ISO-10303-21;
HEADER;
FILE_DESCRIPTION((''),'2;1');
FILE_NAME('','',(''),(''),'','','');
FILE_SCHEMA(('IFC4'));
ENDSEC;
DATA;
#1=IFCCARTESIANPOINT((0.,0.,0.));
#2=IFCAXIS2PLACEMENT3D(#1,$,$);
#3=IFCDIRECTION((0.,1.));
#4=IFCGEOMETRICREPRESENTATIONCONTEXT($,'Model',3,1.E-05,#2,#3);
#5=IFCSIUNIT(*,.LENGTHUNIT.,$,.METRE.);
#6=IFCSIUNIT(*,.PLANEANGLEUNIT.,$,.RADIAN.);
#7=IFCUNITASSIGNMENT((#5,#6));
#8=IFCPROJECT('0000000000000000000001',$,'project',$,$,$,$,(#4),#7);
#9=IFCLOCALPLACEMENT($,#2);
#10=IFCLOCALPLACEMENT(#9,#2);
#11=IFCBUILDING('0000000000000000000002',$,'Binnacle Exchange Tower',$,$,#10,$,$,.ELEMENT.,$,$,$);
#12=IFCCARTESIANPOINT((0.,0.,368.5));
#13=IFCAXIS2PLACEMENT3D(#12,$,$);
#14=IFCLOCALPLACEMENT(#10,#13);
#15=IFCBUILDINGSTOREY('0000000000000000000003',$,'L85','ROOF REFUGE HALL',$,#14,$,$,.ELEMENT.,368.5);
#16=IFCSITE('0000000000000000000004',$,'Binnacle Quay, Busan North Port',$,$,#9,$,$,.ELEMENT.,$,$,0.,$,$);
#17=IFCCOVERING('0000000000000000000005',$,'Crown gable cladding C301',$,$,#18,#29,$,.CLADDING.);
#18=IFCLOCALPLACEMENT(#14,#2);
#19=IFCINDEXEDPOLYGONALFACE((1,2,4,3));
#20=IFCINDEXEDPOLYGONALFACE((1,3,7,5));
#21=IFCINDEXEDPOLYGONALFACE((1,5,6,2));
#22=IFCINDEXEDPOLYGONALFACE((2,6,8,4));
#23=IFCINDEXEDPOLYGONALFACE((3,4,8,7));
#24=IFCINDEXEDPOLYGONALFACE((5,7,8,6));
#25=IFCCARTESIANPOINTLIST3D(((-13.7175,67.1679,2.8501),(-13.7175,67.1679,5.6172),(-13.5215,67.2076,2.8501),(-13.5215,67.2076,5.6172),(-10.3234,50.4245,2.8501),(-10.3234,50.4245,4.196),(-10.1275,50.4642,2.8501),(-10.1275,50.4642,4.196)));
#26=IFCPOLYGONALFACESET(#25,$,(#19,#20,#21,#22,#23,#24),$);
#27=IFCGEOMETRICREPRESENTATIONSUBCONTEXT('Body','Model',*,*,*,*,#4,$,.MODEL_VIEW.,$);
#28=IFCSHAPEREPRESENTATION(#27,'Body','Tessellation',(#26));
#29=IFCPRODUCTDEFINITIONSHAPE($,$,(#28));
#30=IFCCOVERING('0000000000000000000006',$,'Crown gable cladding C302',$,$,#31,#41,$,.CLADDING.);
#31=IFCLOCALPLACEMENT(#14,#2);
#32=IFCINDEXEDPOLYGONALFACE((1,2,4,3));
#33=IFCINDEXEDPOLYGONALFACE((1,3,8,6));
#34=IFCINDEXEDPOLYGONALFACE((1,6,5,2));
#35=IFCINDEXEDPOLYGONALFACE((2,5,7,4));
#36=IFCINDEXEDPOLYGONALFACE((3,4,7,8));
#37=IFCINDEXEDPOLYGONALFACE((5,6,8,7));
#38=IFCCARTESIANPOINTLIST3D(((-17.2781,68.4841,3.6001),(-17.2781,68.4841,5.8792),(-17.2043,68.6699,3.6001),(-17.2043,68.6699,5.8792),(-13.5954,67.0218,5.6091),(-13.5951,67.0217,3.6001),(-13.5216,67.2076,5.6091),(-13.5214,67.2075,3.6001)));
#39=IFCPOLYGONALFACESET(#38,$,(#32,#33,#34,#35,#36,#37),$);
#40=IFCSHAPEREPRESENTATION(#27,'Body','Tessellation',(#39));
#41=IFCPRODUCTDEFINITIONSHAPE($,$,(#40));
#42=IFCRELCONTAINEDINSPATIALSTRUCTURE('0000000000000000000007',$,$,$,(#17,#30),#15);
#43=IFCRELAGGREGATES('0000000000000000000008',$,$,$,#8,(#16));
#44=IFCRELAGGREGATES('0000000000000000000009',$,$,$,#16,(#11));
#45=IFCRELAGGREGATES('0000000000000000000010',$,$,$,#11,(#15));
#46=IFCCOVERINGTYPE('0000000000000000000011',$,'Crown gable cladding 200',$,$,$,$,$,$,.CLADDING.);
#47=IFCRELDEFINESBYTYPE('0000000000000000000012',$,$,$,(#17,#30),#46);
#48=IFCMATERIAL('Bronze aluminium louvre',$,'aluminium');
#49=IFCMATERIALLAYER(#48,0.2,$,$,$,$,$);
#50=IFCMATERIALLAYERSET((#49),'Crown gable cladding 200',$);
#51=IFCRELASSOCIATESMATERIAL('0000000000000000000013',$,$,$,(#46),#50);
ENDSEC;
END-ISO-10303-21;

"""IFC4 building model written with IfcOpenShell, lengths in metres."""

from ifc_helpers import new_model, si_unit, direction, frame, origin, place, context, subcontext, project, spatial, polyline, outline, extrude, material, layer, layer_set, type_object, element, save


model = new_model("IFC4")

# Units and contexts
model_context = context("Model", 3, precision=1e-05, world=origin(), true_north=direction((0.0, 1.0)))
body_context = subcontext(model_context, "Body", "Model", "MODEL_VIEW")
ifc_project = project(units=[si_unit("LENGTHUNIT", "METRE"), si_unit("PLANEANGLEUNIT", "RADIAN")], contexts=[model_context])

# Site, building, storey
site_placement = place(None, origin())
site = spatial("IfcSite", under=ifc_project, at=site_placement, Name="Binnacle Quay, Busan North Port", CompositionType="ELEMENT", RefElevation=0.0)
building_placement = place(site_placement, origin())
building = spatial("IfcBuilding", under=site, at=building_placement, Name="Binnacle Exchange Tower", CompositionType="ELEMENT")
storey_placement = place(building_placement, frame((0.0, 0.0, 368.5)))
storey = spatial("IfcBuildingStorey", under=building, at=storey_placement, Name="L85", Description="ROOF REFUGE HALL", CompositionType="ELEMENT", Elevation=368.5)

# Shared definitions
ifc_material_1 = material(Name="Bronze aluminium louvre", Category="aluminium")

# Coverings
ifc_layer_1 = layer(ifc_material_1, 0.2)
ifc_layer_set_1 = layer_set([ifc_layer_1], Name="Crown gable cladding 200")
covering_type = type_object("IfcCoveringType", Name="Crown gable cladding 200", PredefinedType="CLADDING", material=ifc_layer_set_1)
covering_1_placement = place(storey_placement, frame((-13.6196, 67.1877, 2.8501), z_axis=(0.0, 0.0, 1.0), x_axis=(0.198669, -0.980067, 0.0)))
element("IfcCovering", 1, at=covering_1_placement, inside=storey, type_object=covering_type, Name="Crown gable cladding C301", PredefinedType="CLADDING", context=body_context, shape_type="SweptSolid", body=[
    extrude(outline(polyline([(0.0, 0.0), (17.084, 0.0), (17.084, 1.3459), (0.0, 2.7671), (0.0, 0.0)])), frame((0.0, 0.1001, 0.0), z_axis=(0.0, -1.0, 0.0), x_axis=(1.0, 0.0, 0.0)), (0.0, 0.0, 1.0), 0.2),
])
covering_2_placement = place(storey_placement, frame((-17.2412, 68.5769, 3.6001), z_axis=(0.0, 0.0, 1.0), x_axis=(0.929409, -0.369053, 0.0)))
element("IfcCovering", 2, at=covering_2_placement, inside=storey, type_object=covering_type, Name="Crown gable cladding C302", PredefinedType="CLADDING", context=body_context, shape_type="SweptSolid", body=[
    extrude(outline(polyline([(0.0, 0.0), (3.9626, 0.0), (3.9624, 2.009), (0.0, 2.2791), (0.0, 0.0)])), frame((0.0, 0.1001, 0.0), z_axis=(0.0, -1.0, 0.0), x_axis=(1.0, 0.0, 0.0)), (0.0, 0.0, 1.0), 0.2),
])

save(model, "model.ifc")
